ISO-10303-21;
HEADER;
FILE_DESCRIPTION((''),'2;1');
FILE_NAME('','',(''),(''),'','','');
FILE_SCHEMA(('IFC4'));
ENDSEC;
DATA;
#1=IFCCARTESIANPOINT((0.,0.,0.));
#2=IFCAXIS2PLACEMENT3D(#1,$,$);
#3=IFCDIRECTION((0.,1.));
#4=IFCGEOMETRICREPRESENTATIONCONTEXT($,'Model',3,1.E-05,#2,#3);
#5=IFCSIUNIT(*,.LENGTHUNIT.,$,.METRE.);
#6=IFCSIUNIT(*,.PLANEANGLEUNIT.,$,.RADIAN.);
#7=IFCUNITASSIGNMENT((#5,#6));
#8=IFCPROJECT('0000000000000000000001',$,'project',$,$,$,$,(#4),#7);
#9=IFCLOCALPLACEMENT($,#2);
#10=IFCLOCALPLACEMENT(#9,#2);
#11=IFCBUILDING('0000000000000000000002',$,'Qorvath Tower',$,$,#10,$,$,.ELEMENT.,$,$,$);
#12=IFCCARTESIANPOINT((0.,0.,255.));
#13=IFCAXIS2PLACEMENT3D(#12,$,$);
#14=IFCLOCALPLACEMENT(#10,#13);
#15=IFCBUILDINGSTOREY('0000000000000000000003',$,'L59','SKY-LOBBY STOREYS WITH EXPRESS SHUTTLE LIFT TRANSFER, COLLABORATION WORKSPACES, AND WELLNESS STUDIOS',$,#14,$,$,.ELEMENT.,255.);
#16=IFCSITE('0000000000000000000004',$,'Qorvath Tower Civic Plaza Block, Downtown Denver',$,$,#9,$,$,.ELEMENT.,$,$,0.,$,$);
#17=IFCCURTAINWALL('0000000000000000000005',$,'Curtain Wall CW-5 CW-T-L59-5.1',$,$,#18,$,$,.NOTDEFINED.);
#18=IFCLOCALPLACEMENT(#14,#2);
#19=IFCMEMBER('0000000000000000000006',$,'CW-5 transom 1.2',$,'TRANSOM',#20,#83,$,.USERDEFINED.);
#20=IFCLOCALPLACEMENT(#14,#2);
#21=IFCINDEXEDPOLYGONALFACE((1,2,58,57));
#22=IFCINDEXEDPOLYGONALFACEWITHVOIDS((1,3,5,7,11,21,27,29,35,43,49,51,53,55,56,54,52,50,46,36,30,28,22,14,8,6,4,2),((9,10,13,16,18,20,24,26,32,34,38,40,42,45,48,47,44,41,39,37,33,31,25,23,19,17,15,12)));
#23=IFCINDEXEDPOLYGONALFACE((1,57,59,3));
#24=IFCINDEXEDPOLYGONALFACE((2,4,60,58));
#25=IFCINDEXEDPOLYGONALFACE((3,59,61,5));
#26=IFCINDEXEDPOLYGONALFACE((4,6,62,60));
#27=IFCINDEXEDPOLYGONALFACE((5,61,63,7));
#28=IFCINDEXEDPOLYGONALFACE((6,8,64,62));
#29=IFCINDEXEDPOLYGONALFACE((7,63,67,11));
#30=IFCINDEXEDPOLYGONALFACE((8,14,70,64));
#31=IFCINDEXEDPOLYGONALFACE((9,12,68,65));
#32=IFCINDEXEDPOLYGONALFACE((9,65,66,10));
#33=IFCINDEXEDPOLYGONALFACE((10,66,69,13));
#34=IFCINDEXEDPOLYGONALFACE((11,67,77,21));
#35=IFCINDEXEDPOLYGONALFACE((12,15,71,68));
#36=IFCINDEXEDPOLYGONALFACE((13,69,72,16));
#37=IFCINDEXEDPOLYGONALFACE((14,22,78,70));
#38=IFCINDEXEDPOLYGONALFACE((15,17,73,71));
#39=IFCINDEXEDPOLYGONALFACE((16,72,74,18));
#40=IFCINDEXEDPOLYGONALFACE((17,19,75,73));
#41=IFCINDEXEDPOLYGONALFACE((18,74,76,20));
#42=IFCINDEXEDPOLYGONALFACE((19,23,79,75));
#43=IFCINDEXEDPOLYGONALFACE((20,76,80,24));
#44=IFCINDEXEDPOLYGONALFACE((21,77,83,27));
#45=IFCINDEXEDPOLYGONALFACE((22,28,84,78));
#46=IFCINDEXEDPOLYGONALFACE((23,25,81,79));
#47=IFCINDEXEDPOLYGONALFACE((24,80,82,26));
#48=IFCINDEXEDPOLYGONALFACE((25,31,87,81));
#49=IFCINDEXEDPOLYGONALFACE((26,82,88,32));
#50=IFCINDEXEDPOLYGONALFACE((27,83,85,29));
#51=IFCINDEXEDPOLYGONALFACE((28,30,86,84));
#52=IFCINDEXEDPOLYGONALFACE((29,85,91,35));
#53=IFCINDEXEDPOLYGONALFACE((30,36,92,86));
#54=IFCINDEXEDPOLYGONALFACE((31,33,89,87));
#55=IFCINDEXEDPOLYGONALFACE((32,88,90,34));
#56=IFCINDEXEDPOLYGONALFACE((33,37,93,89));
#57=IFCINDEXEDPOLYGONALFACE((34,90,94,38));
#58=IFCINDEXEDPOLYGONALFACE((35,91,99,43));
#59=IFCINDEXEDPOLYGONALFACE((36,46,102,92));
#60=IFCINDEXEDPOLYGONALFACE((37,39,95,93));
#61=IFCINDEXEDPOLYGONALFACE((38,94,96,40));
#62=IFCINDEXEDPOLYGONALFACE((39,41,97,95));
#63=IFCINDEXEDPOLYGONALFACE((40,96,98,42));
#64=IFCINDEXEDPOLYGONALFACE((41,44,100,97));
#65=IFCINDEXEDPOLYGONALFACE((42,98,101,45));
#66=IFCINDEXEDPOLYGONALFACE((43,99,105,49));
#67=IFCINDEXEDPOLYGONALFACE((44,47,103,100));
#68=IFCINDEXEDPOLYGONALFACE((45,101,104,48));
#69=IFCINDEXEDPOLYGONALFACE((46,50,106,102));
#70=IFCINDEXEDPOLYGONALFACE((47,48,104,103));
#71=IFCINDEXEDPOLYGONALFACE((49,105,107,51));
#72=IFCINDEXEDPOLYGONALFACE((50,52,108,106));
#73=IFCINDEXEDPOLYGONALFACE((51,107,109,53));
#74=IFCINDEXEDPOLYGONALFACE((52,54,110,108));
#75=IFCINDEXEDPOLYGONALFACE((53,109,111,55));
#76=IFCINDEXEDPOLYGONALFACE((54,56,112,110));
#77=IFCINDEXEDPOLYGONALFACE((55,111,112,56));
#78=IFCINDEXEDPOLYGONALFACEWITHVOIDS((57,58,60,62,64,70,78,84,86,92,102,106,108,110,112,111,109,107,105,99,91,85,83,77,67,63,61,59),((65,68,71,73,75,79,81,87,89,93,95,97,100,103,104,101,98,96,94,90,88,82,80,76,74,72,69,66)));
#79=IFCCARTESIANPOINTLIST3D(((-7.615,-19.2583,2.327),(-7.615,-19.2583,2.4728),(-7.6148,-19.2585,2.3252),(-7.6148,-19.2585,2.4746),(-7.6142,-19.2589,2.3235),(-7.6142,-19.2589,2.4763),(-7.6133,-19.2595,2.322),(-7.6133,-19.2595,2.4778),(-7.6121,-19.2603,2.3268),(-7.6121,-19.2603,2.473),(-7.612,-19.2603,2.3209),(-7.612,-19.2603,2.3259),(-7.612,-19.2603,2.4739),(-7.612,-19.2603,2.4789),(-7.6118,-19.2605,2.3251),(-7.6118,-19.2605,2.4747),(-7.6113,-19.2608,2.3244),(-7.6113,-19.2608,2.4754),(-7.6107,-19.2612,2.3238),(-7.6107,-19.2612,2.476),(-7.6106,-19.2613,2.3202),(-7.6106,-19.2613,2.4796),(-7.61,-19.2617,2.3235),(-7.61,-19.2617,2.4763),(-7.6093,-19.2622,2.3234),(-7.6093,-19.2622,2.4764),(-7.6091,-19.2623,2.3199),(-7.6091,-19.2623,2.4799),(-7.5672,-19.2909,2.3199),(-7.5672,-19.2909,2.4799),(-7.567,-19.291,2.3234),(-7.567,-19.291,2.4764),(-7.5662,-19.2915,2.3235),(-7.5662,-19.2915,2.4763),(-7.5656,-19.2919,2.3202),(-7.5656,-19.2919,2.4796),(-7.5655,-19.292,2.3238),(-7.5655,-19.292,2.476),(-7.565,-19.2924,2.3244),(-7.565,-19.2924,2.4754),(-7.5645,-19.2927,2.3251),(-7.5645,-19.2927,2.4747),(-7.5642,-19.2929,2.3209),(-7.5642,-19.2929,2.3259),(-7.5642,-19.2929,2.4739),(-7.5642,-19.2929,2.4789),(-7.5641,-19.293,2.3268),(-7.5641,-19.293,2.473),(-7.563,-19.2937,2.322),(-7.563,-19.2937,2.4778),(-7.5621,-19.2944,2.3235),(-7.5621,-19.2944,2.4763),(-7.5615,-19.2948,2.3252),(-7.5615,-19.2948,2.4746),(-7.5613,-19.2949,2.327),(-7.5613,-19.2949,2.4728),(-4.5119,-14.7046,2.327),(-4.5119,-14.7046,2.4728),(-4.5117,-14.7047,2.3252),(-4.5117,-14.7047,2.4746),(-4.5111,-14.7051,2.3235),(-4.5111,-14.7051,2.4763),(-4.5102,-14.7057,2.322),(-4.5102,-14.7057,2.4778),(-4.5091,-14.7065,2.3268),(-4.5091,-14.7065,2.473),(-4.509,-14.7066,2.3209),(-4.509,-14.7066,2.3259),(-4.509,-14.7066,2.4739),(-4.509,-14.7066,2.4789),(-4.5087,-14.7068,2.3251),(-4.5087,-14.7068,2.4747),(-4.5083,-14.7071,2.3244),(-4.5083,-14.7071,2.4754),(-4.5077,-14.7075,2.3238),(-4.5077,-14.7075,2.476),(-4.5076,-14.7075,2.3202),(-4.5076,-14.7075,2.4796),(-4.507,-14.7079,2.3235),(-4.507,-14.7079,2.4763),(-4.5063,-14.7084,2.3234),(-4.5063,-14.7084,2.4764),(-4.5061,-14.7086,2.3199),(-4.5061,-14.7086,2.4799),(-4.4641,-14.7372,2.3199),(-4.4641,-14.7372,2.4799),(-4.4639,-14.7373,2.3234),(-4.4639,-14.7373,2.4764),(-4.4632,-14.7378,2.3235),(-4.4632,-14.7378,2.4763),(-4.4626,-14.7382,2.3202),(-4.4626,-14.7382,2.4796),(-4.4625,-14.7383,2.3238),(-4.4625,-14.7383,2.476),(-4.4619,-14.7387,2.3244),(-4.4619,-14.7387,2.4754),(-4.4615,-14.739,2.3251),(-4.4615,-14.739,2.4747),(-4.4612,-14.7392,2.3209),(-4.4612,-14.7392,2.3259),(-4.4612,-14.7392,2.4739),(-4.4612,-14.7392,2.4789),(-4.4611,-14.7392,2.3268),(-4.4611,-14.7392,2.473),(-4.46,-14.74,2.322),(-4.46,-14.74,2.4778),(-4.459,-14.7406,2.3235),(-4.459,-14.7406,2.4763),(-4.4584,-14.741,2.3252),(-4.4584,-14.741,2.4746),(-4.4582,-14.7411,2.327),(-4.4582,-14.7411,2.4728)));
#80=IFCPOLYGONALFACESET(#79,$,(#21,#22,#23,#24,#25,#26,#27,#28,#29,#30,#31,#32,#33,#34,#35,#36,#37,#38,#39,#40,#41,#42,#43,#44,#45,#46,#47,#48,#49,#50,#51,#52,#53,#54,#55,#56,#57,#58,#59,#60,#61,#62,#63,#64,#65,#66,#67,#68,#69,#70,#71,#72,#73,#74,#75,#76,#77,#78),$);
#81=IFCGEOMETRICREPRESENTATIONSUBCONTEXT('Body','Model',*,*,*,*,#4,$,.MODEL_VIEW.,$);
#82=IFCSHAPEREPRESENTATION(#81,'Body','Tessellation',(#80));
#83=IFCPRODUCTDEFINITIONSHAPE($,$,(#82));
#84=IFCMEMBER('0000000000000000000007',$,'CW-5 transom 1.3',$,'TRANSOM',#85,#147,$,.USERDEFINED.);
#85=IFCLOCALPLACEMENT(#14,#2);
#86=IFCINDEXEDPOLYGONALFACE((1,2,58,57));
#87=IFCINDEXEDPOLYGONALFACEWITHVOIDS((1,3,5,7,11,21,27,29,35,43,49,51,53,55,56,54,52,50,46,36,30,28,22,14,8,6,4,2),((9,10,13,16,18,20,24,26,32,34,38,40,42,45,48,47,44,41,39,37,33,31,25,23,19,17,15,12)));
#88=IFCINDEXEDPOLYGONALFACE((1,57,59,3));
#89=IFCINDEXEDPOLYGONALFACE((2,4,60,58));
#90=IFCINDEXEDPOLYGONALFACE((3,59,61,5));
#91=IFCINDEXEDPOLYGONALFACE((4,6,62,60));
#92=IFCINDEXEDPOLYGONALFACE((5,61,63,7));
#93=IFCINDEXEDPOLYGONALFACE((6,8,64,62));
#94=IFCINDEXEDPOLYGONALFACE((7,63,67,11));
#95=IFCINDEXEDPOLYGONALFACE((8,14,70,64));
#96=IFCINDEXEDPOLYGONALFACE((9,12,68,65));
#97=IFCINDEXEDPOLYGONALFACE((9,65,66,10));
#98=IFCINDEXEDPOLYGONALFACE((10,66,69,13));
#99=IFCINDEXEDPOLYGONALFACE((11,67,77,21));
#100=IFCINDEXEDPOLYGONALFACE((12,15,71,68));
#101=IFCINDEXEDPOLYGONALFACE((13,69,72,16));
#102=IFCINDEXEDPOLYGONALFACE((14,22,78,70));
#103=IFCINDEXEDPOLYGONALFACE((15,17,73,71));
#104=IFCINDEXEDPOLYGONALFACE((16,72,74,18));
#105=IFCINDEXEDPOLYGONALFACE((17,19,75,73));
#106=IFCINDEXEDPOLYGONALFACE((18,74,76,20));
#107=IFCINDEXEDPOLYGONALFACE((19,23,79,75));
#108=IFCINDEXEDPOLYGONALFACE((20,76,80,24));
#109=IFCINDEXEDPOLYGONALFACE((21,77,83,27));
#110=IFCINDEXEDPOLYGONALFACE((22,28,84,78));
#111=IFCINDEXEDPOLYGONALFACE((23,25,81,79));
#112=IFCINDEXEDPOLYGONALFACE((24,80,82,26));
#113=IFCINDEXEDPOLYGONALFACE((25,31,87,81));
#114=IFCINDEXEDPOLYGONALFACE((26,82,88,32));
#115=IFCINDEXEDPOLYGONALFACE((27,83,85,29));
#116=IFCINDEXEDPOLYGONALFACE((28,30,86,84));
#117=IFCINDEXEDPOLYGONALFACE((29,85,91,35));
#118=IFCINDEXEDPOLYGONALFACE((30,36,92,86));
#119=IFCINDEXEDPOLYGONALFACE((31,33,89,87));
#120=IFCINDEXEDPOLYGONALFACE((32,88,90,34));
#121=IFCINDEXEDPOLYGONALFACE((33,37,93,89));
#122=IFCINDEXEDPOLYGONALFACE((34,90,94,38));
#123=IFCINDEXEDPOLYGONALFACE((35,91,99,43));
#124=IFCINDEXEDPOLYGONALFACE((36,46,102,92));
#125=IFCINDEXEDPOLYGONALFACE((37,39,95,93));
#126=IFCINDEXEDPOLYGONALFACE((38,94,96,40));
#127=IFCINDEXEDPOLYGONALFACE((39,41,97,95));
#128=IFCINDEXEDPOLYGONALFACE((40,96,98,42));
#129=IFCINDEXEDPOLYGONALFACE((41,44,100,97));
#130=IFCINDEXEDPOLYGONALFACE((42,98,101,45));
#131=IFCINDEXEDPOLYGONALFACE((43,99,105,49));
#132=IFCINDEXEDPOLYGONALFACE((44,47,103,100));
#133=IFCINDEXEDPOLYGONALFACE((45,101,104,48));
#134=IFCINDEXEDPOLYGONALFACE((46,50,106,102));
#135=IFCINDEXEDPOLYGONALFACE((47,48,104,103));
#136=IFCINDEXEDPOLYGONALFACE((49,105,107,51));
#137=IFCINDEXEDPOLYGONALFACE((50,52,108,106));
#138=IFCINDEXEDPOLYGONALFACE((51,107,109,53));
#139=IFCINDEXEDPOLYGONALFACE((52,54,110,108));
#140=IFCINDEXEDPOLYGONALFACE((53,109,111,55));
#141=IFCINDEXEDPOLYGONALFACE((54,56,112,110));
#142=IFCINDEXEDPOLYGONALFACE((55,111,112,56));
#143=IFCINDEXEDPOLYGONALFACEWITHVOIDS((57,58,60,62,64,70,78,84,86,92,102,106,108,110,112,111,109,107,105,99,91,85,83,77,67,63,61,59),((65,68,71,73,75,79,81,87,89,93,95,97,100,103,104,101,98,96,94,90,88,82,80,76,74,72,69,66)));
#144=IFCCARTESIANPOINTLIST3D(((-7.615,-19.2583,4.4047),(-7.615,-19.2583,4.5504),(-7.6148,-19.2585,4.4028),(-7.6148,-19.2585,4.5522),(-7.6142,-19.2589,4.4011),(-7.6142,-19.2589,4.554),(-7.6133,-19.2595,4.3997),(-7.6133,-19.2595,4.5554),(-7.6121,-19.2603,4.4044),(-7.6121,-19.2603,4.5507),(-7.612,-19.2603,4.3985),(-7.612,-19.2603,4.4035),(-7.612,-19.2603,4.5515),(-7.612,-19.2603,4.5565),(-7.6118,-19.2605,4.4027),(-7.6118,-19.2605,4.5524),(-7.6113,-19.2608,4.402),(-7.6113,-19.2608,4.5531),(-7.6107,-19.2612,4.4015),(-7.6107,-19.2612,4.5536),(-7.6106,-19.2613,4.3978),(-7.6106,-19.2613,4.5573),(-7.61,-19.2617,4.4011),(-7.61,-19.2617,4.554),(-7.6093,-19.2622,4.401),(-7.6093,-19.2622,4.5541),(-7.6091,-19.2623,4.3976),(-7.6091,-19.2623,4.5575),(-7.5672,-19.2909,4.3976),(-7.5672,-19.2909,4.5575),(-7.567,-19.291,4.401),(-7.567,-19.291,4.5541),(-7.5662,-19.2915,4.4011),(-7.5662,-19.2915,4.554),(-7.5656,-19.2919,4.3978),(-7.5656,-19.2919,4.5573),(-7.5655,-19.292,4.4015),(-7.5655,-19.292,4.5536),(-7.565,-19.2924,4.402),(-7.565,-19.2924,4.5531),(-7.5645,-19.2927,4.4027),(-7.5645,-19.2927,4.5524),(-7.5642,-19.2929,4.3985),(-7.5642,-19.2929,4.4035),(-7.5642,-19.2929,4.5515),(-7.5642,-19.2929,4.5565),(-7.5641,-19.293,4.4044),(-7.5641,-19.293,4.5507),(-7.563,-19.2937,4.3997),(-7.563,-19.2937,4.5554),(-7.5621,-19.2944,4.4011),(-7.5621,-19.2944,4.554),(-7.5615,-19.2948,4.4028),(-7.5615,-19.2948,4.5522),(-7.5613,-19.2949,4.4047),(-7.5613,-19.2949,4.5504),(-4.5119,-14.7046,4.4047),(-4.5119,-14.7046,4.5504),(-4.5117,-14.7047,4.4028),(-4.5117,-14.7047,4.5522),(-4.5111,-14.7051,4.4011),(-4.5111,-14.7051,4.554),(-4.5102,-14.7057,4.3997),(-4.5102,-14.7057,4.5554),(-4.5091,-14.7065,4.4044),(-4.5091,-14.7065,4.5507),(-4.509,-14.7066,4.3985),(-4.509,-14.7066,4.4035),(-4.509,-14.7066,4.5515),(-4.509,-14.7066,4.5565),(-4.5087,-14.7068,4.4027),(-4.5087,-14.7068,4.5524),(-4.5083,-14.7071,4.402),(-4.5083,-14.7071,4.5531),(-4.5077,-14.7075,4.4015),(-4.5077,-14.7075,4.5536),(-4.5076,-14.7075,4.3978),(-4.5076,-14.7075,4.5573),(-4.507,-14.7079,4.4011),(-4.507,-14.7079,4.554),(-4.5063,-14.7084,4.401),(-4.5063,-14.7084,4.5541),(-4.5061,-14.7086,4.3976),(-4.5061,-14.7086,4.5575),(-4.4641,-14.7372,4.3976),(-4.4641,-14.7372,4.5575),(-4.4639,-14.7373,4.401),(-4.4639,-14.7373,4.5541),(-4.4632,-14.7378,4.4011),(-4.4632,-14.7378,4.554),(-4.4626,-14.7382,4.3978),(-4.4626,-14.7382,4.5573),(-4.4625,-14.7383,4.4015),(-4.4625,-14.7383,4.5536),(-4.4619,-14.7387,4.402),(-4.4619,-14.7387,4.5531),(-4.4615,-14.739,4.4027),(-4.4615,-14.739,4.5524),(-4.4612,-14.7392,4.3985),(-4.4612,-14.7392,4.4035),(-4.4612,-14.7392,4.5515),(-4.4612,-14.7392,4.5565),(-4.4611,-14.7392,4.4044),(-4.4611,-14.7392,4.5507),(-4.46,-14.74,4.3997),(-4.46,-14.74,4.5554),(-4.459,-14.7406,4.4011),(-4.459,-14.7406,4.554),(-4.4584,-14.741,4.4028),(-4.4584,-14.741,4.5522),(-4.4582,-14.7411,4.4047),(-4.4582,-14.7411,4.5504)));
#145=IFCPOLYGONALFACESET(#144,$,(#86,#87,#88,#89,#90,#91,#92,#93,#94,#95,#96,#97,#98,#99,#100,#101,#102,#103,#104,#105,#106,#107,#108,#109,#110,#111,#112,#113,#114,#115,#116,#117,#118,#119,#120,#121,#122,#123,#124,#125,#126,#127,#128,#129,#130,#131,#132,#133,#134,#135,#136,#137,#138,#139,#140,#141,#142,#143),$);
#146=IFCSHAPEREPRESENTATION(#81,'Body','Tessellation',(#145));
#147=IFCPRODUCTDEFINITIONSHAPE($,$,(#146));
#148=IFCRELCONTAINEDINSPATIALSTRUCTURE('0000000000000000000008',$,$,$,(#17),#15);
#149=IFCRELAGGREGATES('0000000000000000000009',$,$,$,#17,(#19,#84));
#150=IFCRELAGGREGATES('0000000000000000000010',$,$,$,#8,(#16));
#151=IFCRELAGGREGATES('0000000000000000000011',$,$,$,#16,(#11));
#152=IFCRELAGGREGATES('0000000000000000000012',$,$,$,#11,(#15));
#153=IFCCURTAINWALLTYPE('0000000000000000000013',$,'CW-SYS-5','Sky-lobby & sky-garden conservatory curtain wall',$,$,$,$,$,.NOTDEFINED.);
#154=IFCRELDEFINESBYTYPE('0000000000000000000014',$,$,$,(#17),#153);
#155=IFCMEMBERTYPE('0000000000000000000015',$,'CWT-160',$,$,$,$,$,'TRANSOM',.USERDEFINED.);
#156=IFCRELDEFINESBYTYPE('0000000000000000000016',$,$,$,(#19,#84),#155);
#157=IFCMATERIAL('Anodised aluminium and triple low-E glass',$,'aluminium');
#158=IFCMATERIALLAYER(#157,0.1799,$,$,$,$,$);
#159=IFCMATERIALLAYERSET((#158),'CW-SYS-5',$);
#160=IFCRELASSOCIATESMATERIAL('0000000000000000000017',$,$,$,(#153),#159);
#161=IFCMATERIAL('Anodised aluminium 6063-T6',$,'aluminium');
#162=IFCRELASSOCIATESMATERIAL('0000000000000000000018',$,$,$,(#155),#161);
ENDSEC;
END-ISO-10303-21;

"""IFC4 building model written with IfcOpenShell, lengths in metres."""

from ifc_helpers import new_model, si_unit, direction, frame, origin, origin_2d, place, context, subcontext, project, spatial, hollow_rectangle, extrude, material, layer, layer_set, material_profile, profile_set, type_object, element, aggregate, save


model = new_model("IFC4")

# Units and contexts
model_context = context("Model", 3, precision=1e-05, world=origin(), true_north=direction((0.0, 1.0)))
body_context = subcontext(model_context, "Body", "Model", "MODEL_VIEW")
ifc_project = project(units=[si_unit("LENGTHUNIT", "METRE"), si_unit("PLANEANGLEUNIT", "RADIAN")], contexts=[model_context])

# Site, building, storey
site_placement = place(None, origin())
site = spatial("IfcSite", under=ifc_project, at=site_placement, Name="Qorvath Tower Civic Plaza Block, Downtown Denver", CompositionType="ELEMENT", RefElevation=0.0)
building_placement = place(site_placement, origin())
building = spatial("IfcBuilding", under=site, at=building_placement, Name="Qorvath Tower", CompositionType="ELEMENT")
storey_placement = place(building_placement, frame((0.0, 0.0, 255.0)))
storey = spatial("IfcBuildingStorey", under=building, at=storey_placement, Name="L59", Description="SKY-LOBBY STOREYS WITH EXPRESS SHUTTLE LIFT TRANSFER, COLLABORATION WORKSPACES, AND WELLNESS STUDIOS", CompositionType="ELEMENT", Elevation=255.0)

# Shared definitions
ifc_material_1 = material(Name="Anodised aluminium and triple low-E glass", Category="aluminium")
ifc_layer_1 = layer(ifc_material_1, 0.1799)
ifc_layer_set_1 = layer_set([ifc_layer_1], Name="CW-SYS-5")
curtain_wall_type = type_object("IfcCurtainWallType", Name="CW-SYS-5", Description="Sky-lobby & sky-garden conservatory curtain wall", PredefinedType="NOTDEFINED", material=ifc_layer_set_1)

# Curtain wall
curtain_wall_1_placement = place(storey_placement, origin())
curtain_wall_1 = element("IfcCurtainWall", 1, at=curtain_wall_1_placement, inside=storey, type_object=curtain_wall_type, Name="Curtain Wall CW-5 CW-T-L59-5.1", PredefinedType="NOTDEFINED")

# Members
ifc_material_2 = material(Name="Anodised aluminium 6063-T6", Category="aluminium")
ifc_material_profile_1 = material_profile(ifc_material_2, hollow_rectangle(XDim=0.0649, YDim=0.1599, WallThickness=0.0034, InnerFilletRadius=0.0034, OuterFilletRadius=0.0071, at=origin_2d()), Name="CWT 160x65")
ifc_profile_set_1 = profile_set([ifc_material_profile_1], Name="Anodised aluminium 6063-T6")
member_type_1 = type_object("IfcMemberType", Name="CWT-160", ElementType="TRANSOM", PredefinedType="USERDEFINED", material=ifc_profile_set_1)
member_1_placement = place(storey_placement, frame((-7.5881, -19.2766, 2.3999), z_axis=(0.563117, 0.826377, 0.0), x_axis=(-0.826377, 0.563117, 0.0)))
member_1 = element("IfcMember", 2, at=member_1_placement, type_object=member_type_1, Name="CW-5 transom 1.2", ObjectType="TRANSOM", PredefinedType="USERDEFINED", context=body_context, shape_type="SweptSolid", body=[
    extrude(hollow_rectangle(XDim=0.0649, YDim=0.1599, WallThickness=0.0034, InnerFilletRadius=0.0034, OuterFilletRadius=0.0071, at=origin_2d()), origin(), (0.0, 0.0, 1.0), 5.5105),
])
member_2_placement = place(storey_placement, frame((-7.5881, -19.2766, 4.4775), z_axis=(0.563117, 0.826377, 0.0), x_axis=(-0.826377, 0.563117, 0.0)))
member_2 = element("IfcMember", 3, at=member_2_placement, type_object=member_type_1, Name="CW-5 transom 1.3", ObjectType="TRANSOM", PredefinedType="USERDEFINED", context=body_context, shape_type="SweptSolid", body=[
    extrude(hollow_rectangle(XDim=0.0649, YDim=0.1599, WallThickness=0.0034, InnerFilletRadius=0.0034, OuterFilletRadius=0.0071, at=origin_2d()), origin(), (0.0, 0.0, 1.0), 5.5105),
])

aggregate(curtain_wall_1, [member_1, member_2])

save(model, "model.ifc")
